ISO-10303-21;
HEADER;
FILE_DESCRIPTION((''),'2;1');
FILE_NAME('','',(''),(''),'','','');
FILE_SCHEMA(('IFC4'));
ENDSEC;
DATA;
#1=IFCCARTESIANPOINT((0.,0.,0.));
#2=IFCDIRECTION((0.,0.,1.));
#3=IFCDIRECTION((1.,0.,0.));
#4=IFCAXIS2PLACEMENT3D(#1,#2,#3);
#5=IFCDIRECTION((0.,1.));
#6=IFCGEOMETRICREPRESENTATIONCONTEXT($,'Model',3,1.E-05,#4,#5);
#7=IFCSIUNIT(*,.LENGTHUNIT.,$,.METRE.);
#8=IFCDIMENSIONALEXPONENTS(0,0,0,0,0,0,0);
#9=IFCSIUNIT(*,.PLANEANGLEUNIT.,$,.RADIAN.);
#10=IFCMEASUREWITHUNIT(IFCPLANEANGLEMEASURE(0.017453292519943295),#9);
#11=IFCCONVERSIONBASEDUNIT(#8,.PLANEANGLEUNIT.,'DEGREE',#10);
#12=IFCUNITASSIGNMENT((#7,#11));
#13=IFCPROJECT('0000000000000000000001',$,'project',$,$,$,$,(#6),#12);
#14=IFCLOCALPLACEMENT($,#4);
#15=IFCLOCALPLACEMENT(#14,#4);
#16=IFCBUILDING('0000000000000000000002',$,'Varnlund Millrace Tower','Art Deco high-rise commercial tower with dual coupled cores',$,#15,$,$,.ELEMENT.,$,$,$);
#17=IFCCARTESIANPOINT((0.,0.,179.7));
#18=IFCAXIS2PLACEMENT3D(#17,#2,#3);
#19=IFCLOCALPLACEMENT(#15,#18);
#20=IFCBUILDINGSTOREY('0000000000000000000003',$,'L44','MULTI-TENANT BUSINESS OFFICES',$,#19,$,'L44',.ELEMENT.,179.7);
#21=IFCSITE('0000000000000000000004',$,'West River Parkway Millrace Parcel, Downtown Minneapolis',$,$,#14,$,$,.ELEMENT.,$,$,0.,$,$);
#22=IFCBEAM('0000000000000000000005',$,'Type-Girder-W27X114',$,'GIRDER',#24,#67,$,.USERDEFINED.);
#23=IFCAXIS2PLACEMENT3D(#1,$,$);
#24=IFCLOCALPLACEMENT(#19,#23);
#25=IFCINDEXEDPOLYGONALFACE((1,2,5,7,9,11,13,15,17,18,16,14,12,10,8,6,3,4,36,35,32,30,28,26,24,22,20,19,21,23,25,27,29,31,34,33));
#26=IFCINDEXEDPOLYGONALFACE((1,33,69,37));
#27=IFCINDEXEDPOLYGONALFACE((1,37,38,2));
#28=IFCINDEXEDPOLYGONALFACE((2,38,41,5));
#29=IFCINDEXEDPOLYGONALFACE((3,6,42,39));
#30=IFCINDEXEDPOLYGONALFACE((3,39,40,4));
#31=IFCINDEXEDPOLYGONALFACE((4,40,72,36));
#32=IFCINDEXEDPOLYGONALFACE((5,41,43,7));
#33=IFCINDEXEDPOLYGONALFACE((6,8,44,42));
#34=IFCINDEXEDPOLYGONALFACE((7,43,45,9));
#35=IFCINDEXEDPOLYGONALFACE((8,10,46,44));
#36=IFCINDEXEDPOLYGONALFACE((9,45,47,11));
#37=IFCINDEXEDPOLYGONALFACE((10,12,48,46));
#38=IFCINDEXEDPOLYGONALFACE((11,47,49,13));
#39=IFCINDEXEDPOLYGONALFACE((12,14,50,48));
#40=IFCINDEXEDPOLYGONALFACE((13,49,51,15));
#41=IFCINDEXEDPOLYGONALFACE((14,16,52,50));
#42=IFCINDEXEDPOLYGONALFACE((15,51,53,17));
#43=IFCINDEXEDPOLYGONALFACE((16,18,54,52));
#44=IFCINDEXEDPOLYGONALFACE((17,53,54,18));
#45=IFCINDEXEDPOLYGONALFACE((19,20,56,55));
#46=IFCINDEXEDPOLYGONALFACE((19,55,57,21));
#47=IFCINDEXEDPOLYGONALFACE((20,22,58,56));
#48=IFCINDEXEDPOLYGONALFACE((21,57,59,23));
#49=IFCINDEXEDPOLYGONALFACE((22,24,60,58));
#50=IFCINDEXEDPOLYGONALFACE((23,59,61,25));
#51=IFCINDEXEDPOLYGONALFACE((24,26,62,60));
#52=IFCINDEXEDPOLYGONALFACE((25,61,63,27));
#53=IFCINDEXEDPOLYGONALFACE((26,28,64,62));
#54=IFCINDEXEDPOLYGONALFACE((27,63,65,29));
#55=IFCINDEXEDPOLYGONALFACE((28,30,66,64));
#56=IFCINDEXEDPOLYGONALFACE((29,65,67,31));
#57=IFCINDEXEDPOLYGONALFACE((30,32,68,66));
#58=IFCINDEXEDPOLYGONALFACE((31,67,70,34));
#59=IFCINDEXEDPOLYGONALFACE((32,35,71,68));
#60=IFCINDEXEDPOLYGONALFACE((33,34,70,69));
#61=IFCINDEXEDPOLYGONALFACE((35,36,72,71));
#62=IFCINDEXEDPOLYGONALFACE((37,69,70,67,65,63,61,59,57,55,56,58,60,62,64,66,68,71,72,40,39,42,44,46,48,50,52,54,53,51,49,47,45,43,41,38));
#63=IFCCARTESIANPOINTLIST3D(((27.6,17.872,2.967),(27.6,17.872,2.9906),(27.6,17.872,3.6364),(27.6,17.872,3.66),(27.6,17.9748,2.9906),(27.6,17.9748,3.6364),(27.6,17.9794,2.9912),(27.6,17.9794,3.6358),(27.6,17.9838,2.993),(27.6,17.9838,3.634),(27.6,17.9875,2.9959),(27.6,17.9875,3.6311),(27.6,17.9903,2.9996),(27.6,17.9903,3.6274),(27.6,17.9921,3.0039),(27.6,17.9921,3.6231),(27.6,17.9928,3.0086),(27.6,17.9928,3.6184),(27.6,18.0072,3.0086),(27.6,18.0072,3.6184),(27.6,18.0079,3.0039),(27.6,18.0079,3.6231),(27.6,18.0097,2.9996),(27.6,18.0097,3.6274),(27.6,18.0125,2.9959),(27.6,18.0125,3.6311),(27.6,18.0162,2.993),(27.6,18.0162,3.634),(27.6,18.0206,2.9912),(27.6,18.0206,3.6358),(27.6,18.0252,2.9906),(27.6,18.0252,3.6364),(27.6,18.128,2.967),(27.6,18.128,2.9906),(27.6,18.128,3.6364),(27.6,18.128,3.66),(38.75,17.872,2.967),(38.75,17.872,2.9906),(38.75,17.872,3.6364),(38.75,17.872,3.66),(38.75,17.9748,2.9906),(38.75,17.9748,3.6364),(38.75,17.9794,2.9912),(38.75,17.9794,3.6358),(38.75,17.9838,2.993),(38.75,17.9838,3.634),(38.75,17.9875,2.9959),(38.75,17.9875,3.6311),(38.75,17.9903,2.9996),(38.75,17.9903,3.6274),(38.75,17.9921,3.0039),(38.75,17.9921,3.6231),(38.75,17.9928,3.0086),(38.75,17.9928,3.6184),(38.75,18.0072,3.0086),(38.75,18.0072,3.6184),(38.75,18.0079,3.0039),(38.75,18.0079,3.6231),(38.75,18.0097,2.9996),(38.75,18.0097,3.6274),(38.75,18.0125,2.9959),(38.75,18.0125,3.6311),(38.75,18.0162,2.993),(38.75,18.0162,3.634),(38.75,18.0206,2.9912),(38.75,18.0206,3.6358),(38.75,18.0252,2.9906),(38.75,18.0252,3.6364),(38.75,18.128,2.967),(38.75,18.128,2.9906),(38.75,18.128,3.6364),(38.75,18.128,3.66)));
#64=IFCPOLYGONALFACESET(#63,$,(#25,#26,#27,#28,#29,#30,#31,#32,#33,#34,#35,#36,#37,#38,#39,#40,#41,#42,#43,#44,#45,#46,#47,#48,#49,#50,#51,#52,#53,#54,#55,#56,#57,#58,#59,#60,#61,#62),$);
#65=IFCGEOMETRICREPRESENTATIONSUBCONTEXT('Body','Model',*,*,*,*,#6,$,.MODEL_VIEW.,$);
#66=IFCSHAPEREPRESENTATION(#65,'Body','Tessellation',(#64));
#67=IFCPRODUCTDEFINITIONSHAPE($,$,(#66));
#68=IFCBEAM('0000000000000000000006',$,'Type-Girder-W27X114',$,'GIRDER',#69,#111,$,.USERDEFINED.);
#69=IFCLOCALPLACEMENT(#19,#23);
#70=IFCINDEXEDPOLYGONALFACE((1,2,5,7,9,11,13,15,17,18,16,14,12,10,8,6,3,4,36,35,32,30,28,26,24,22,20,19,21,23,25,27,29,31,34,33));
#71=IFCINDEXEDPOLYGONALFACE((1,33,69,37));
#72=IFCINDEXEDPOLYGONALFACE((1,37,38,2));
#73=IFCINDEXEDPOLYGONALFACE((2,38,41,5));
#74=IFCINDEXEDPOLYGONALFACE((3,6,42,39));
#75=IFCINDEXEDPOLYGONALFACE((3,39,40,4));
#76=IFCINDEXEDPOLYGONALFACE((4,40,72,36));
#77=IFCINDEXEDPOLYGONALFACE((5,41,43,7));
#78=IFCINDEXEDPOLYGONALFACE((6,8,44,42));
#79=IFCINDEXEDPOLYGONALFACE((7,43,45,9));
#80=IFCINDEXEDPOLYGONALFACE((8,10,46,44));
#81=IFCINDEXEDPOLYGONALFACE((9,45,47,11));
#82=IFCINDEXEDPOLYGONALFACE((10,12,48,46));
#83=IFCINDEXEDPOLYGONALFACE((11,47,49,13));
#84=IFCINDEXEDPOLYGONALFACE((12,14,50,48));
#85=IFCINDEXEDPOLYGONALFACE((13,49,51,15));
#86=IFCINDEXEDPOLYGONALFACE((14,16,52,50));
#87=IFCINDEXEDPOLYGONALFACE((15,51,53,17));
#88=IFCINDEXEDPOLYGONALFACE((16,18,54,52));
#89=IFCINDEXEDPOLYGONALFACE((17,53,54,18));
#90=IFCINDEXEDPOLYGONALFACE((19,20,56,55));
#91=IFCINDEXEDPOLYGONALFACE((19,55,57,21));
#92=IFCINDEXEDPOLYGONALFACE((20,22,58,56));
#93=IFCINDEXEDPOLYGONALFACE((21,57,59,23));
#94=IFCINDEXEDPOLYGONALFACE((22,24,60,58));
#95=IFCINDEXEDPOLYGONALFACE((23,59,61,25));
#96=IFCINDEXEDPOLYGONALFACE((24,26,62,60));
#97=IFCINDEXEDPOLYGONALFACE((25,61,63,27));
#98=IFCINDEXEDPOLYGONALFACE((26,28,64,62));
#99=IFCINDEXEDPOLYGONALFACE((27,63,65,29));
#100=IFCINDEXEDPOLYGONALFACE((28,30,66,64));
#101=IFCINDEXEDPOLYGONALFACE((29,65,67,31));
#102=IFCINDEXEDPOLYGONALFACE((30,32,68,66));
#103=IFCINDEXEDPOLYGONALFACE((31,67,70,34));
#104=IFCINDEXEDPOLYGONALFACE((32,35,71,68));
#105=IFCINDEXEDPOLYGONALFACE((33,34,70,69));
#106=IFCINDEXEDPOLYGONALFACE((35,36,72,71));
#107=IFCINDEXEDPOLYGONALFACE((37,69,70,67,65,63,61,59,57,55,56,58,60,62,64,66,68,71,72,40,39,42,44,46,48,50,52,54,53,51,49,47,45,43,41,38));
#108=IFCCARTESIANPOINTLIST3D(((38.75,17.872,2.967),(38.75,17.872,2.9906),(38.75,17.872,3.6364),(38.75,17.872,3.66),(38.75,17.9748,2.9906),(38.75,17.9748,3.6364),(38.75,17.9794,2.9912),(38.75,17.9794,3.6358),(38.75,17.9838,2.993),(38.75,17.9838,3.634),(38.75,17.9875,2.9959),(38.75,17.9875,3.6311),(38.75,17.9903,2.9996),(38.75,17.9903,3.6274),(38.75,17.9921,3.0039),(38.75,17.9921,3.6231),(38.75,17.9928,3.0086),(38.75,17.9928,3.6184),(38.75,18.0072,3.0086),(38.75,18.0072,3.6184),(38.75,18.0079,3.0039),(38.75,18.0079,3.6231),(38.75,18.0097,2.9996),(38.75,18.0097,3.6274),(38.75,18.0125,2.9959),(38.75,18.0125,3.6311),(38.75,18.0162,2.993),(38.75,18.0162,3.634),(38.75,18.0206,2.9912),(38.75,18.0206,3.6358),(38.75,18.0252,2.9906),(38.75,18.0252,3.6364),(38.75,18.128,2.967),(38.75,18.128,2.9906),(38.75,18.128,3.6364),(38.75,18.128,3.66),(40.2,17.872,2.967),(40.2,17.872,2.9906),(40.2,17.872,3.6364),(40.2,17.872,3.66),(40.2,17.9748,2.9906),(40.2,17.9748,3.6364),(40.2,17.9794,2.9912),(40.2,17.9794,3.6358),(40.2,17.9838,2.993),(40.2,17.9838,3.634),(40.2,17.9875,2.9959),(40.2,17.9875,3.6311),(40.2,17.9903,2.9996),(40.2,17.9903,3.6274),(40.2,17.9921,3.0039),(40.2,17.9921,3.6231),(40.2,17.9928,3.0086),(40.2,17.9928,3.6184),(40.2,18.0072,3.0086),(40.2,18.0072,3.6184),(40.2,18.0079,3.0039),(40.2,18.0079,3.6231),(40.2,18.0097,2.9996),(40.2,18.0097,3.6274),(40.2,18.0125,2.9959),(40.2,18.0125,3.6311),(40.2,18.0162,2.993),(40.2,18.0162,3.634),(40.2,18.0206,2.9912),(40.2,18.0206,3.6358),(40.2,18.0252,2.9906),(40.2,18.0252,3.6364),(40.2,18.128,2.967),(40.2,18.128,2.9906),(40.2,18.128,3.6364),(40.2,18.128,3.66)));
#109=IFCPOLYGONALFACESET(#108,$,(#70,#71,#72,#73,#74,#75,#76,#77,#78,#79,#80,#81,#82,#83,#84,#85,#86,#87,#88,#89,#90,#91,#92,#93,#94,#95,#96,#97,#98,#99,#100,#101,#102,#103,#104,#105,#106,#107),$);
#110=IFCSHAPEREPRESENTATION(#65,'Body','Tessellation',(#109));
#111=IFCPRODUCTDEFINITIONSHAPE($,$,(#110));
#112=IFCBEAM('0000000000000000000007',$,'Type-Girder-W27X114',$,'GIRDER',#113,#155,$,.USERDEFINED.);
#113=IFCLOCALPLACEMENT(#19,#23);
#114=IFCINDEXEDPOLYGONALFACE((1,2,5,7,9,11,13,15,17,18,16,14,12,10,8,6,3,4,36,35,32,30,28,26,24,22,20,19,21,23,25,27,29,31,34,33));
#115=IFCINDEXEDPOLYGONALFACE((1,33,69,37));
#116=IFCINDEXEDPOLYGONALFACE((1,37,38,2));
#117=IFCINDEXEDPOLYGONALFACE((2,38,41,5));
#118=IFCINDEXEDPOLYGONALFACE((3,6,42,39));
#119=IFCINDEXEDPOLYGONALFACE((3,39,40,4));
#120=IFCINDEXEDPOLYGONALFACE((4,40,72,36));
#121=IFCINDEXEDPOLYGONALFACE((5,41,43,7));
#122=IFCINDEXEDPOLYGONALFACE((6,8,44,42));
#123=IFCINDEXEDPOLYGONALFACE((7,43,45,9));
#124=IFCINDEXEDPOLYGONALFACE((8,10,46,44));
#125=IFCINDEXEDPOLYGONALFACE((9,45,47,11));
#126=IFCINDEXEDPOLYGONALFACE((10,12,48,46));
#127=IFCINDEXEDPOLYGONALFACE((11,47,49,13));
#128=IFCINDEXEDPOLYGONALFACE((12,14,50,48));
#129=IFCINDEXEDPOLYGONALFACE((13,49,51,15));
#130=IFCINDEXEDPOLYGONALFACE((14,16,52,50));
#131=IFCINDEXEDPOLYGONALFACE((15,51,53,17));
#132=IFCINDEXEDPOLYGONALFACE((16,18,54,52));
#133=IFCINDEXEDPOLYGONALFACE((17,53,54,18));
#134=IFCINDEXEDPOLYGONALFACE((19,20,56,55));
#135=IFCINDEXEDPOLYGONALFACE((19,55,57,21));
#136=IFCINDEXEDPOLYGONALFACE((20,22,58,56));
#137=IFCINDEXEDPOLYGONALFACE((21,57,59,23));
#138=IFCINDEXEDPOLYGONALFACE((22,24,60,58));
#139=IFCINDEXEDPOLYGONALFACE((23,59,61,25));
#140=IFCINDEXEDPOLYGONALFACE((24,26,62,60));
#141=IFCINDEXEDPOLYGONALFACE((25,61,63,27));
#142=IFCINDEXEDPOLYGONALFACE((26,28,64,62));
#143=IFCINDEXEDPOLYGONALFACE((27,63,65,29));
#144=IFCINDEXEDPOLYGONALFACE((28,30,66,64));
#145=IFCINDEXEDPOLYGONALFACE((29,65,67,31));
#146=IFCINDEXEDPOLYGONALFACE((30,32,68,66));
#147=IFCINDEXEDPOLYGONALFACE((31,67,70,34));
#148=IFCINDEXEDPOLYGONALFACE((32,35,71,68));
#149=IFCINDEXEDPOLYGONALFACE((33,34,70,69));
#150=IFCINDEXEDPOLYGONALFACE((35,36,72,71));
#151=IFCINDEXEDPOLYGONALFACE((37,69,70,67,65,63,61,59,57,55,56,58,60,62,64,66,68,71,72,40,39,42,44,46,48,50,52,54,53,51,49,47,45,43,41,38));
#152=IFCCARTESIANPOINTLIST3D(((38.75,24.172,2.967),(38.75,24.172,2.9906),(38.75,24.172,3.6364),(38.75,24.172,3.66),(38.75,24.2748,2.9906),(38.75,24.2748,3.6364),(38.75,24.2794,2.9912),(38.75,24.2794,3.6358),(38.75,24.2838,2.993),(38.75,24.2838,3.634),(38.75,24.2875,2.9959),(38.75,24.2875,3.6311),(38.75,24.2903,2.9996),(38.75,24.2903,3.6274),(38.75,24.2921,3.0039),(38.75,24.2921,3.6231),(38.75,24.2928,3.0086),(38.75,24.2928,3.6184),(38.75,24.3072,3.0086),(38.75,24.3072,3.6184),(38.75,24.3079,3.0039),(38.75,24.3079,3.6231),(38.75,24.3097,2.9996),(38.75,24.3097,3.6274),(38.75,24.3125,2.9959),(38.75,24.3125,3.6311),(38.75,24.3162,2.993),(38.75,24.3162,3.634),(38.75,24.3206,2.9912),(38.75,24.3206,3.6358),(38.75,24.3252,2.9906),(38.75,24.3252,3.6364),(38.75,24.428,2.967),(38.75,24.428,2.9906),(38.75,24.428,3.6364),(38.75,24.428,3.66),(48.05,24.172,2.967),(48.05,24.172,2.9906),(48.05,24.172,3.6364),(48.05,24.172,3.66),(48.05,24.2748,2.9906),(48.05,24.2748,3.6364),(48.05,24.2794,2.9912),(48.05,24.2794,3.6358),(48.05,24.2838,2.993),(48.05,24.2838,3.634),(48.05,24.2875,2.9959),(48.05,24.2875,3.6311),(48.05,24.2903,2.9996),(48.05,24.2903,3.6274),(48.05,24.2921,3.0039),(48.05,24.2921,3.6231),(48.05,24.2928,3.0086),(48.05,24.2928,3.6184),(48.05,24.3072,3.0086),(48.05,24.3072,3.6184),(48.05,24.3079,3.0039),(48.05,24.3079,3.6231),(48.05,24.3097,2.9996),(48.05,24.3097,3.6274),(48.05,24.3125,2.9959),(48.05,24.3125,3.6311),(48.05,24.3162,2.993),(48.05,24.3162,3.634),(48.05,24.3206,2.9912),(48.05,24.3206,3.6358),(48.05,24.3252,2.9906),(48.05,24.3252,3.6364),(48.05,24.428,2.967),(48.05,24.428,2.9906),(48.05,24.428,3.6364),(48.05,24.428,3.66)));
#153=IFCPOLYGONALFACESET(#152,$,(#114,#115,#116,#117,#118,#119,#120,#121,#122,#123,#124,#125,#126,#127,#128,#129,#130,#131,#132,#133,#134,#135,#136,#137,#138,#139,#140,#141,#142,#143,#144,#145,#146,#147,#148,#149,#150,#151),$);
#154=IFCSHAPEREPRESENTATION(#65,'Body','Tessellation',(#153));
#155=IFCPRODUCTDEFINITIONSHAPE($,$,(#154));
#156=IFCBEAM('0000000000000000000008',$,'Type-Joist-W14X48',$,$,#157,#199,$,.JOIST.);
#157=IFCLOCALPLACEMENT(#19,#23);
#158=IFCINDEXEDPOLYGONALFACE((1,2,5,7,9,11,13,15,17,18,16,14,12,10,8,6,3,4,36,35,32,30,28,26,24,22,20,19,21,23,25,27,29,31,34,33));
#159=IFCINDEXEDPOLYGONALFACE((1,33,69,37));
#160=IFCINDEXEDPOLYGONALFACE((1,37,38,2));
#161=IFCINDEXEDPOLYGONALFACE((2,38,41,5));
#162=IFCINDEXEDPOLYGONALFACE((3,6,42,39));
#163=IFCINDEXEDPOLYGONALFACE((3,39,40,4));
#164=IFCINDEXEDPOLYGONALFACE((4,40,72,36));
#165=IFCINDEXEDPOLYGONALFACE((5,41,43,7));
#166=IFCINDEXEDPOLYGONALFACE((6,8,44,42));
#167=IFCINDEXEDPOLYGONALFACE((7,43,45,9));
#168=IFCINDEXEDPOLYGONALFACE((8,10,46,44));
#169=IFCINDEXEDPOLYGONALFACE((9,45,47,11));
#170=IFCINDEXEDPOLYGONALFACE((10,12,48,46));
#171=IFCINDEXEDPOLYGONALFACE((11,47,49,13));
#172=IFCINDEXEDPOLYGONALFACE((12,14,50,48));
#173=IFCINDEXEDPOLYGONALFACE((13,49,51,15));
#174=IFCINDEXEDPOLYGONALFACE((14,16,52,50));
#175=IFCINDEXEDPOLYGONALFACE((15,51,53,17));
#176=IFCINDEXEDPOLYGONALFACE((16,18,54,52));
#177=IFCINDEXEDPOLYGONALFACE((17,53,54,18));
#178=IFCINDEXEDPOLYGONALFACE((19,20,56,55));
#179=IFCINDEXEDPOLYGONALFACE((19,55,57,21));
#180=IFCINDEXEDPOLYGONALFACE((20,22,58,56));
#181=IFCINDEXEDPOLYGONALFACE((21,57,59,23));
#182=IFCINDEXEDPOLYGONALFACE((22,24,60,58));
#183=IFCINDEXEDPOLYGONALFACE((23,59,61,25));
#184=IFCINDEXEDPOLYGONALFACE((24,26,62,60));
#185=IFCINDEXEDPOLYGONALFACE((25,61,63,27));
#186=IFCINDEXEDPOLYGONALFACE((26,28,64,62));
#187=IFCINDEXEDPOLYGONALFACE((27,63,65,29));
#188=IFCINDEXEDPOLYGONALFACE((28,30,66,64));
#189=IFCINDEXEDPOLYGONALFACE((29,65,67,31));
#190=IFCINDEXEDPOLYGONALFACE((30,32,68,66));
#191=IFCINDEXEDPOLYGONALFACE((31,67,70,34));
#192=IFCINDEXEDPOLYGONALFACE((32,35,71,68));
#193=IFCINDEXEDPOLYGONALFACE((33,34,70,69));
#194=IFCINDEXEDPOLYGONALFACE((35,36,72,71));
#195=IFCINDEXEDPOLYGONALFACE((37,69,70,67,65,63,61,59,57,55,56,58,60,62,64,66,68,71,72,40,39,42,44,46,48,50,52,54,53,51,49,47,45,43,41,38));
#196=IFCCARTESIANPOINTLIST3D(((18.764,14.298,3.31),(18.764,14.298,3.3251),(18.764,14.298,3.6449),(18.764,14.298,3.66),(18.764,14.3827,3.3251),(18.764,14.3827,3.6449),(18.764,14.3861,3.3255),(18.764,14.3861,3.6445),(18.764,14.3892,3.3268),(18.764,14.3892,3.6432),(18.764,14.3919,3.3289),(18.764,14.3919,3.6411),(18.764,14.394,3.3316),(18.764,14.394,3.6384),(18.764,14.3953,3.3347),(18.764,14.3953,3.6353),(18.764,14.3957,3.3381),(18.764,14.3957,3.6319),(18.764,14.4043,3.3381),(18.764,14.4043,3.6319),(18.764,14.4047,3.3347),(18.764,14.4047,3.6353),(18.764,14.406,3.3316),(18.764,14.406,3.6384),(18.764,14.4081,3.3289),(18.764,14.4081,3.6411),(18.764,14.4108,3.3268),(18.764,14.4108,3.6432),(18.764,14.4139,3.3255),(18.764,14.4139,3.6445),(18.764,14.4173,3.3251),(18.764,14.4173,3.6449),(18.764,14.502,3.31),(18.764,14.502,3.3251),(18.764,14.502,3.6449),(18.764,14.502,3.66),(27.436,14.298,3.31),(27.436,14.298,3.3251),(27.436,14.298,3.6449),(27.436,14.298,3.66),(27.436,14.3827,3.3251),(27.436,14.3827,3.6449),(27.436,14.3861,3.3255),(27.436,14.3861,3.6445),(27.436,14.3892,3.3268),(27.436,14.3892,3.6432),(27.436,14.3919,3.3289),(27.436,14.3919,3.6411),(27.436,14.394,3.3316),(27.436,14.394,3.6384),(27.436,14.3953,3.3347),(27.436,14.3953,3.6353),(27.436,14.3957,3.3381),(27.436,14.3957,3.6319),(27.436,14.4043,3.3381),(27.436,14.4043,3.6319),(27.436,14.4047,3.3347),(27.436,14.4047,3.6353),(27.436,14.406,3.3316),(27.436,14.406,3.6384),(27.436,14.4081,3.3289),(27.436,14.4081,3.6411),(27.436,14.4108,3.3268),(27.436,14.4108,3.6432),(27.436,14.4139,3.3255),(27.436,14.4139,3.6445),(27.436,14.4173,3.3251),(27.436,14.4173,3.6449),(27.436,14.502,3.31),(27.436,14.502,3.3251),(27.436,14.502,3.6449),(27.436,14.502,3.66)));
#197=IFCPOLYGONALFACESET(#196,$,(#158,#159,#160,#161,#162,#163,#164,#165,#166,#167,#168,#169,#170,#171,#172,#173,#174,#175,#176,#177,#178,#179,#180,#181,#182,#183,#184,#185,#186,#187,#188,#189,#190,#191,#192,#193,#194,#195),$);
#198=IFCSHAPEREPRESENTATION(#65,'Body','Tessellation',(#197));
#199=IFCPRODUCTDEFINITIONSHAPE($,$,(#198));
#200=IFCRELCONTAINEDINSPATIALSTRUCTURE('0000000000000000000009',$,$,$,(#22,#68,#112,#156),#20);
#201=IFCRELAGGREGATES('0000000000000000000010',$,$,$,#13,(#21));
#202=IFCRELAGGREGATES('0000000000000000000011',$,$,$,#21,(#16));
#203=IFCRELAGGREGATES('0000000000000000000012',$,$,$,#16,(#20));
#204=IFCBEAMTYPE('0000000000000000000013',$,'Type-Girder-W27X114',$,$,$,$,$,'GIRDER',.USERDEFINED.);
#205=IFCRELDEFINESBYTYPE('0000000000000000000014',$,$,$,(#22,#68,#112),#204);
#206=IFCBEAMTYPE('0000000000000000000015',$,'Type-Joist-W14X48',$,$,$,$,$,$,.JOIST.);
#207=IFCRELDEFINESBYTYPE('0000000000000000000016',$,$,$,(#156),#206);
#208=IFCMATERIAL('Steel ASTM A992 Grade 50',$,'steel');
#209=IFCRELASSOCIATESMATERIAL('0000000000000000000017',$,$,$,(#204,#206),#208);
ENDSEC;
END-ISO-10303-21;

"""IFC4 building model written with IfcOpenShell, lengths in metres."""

from ifc_helpers import new_model, entity, si_unit, converted_unit, direction, frame, origin_with_axes, origin_2d_with_axis, place, context, subcontext, project, spatial, i_section, extrude, material, material_profile, profile_set, type_object, element, save


model = new_model("IFC4")

# Units and contexts
model_context = context("Model", 3, precision=1e-05, world=origin_with_axes(), true_north=direction((0.0, 1.0)))
body_context = subcontext(model_context, "Body", "Model", "MODEL_VIEW")
ifc_project = project(units=[si_unit("LENGTHUNIT", "METRE"), converted_unit("PLANEANGLEUNIT", "DEGREE", entity("IfcPlaneAngleMeasure", 0.017453292519943295), si_unit("PLANEANGLEUNIT", "RADIAN"), dimensions=[0, 0, 0, 0, 0, 0, 0])], contexts=[model_context])

# Site, building, storey
site_placement = place(None, origin_with_axes())
site = spatial("IfcSite", under=ifc_project, at=site_placement, Name="West River Parkway Millrace Parcel, Downtown Minneapolis", CompositionType="ELEMENT", RefElevation=0.0)
building_placement = place(site_placement, origin_with_axes())
building = spatial("IfcBuilding", under=site, at=building_placement, Name="Varnlund Millrace Tower", Description="Art Deco high-rise commercial tower with dual coupled cores", CompositionType="ELEMENT")
storey_placement = place(building_placement, frame((0.0, 0.0, 179.7), z_axis=(0.0, 0.0, 1.0), x_axis=(1.0, 0.0, 0.0)))
storey = spatial("IfcBuildingStorey", under=building, at=storey_placement, Name="L44", Description="MULTI-TENANT BUSINESS OFFICES", LongName="L44", CompositionType="ELEMENT", Elevation=179.7)

# Beams
ifc_material_1 = material(Name="Steel ASTM A992 Grade 50", Category="steel")
ifc_material_profile_1 = material_profile(ifc_material_1, i_section(OverallWidth=0.256, OverallDepth=0.693, WebThickness=0.0145, FlangeThickness=0.0236, FilletRadius=0.018, at=origin_2d_with_axis()), Name="Steel ASTM A992 Grade 50")
ifc_profile_set_1 = profile_set([ifc_material_profile_1], Name="Steel ASTM A992 Grade 50")
beam_type_1 = type_object("IfcBeamType", Name="Type-Girder-W27X114", ElementType="GIRDER", PredefinedType="USERDEFINED", material=ifc_profile_set_1)
beam_1_placement = place(storey_placement, frame((27.6, 18.0, 3.3135), z_axis=(1.0, 0.0, 0.0), x_axis=(0.0, 1.0, 0.0)))
element("IfcBeam", 1, at=beam_1_placement, inside=storey, type_object=beam_type_1, Name="Type-Girder-W27X114", ObjectType="GIRDER", PredefinedType="USERDEFINED", context=body_context, shape_type="SweptSolid", body=[
    extrude(i_section(OverallWidth=0.256, OverallDepth=0.693, WebThickness=0.0145, FlangeThickness=0.0236, FilletRadius=0.018, at=origin_2d_with_axis()), origin_with_axes(), (0.0, 0.0, 1.0), 11.15),
])
beam_2_placement = place(storey_placement, frame((38.75, 18.0, 3.3135), z_axis=(1.0, 0.0, 0.0), x_axis=(0.0, 1.0, 0.0)))
element("IfcBeam", 2, at=beam_2_placement, inside=storey, type_object=beam_type_1, Name="Type-Girder-W27X114", ObjectType="GIRDER", PredefinedType="USERDEFINED", context=body_context, shape_type="SweptSolid", body=[
    extrude(i_section(OverallWidth=0.256, OverallDepth=0.693, WebThickness=0.0145, FlangeThickness=0.0236, FilletRadius=0.018, at=origin_2d_with_axis()), origin_with_axes(), (0.0, 0.0, 1.0), 1.45),
])
beam_3_placement = place(storey_placement, frame((38.75, 24.3, 3.3135), z_axis=(1.0, 0.0, 0.0), x_axis=(0.0, 1.0, 0.0)))
element("IfcBeam", 3, at=beam_3_placement, inside=storey, type_object=beam_type_1, Name="Type-Girder-W27X114", ObjectType="GIRDER", PredefinedType="USERDEFINED", context=body_context, shape_type="SweptSolid", body=[
    extrude(i_section(OverallWidth=0.256, OverallDepth=0.693, WebThickness=0.0145, FlangeThickness=0.0236, FilletRadius=0.018, at=origin_2d_with_axis()), origin_with_axes(), (0.0, 0.0, 1.0), 9.3),
])
ifc_material_profile_2 = material_profile(ifc_material_1, i_section(OverallWidth=0.204, OverallDepth=0.35, WebThickness=0.0086, FlangeThickness=0.0151, FilletRadius=0.013, at=origin_2d_with_axis()), Name="Steel ASTM A992 Grade 50")
ifc_profile_set_2 = profile_set([ifc_material_profile_2], Name="Steel ASTM A992 Grade 50")
beam_type_2 = type_object("IfcBeamType", Name="Type-Joist-W14X48", PredefinedType="JOIST", material=ifc_profile_set_2)
beam_4_placement = place(storey_placement, frame((18.764, 14.4, 3.485), z_axis=(1.0, 0.0, 0.0), x_axis=(0.0, 1.0, 0.0)))
element("IfcBeam", 4, at=beam_4_placement, inside=storey, type_object=beam_type_2, Name="Type-Joist-W14X48", PredefinedType="JOIST", context=body_context, shape_type="SweptSolid", body=[
    extrude(i_section(OverallWidth=0.204, OverallDepth=0.35, WebThickness=0.0086, FlangeThickness=0.0151, FilletRadius=0.013, at=origin_2d_with_axis()), origin_with_axes(), (0.0, 0.0, 1.0), 8.672),
])

save(model, "model.ifc")
